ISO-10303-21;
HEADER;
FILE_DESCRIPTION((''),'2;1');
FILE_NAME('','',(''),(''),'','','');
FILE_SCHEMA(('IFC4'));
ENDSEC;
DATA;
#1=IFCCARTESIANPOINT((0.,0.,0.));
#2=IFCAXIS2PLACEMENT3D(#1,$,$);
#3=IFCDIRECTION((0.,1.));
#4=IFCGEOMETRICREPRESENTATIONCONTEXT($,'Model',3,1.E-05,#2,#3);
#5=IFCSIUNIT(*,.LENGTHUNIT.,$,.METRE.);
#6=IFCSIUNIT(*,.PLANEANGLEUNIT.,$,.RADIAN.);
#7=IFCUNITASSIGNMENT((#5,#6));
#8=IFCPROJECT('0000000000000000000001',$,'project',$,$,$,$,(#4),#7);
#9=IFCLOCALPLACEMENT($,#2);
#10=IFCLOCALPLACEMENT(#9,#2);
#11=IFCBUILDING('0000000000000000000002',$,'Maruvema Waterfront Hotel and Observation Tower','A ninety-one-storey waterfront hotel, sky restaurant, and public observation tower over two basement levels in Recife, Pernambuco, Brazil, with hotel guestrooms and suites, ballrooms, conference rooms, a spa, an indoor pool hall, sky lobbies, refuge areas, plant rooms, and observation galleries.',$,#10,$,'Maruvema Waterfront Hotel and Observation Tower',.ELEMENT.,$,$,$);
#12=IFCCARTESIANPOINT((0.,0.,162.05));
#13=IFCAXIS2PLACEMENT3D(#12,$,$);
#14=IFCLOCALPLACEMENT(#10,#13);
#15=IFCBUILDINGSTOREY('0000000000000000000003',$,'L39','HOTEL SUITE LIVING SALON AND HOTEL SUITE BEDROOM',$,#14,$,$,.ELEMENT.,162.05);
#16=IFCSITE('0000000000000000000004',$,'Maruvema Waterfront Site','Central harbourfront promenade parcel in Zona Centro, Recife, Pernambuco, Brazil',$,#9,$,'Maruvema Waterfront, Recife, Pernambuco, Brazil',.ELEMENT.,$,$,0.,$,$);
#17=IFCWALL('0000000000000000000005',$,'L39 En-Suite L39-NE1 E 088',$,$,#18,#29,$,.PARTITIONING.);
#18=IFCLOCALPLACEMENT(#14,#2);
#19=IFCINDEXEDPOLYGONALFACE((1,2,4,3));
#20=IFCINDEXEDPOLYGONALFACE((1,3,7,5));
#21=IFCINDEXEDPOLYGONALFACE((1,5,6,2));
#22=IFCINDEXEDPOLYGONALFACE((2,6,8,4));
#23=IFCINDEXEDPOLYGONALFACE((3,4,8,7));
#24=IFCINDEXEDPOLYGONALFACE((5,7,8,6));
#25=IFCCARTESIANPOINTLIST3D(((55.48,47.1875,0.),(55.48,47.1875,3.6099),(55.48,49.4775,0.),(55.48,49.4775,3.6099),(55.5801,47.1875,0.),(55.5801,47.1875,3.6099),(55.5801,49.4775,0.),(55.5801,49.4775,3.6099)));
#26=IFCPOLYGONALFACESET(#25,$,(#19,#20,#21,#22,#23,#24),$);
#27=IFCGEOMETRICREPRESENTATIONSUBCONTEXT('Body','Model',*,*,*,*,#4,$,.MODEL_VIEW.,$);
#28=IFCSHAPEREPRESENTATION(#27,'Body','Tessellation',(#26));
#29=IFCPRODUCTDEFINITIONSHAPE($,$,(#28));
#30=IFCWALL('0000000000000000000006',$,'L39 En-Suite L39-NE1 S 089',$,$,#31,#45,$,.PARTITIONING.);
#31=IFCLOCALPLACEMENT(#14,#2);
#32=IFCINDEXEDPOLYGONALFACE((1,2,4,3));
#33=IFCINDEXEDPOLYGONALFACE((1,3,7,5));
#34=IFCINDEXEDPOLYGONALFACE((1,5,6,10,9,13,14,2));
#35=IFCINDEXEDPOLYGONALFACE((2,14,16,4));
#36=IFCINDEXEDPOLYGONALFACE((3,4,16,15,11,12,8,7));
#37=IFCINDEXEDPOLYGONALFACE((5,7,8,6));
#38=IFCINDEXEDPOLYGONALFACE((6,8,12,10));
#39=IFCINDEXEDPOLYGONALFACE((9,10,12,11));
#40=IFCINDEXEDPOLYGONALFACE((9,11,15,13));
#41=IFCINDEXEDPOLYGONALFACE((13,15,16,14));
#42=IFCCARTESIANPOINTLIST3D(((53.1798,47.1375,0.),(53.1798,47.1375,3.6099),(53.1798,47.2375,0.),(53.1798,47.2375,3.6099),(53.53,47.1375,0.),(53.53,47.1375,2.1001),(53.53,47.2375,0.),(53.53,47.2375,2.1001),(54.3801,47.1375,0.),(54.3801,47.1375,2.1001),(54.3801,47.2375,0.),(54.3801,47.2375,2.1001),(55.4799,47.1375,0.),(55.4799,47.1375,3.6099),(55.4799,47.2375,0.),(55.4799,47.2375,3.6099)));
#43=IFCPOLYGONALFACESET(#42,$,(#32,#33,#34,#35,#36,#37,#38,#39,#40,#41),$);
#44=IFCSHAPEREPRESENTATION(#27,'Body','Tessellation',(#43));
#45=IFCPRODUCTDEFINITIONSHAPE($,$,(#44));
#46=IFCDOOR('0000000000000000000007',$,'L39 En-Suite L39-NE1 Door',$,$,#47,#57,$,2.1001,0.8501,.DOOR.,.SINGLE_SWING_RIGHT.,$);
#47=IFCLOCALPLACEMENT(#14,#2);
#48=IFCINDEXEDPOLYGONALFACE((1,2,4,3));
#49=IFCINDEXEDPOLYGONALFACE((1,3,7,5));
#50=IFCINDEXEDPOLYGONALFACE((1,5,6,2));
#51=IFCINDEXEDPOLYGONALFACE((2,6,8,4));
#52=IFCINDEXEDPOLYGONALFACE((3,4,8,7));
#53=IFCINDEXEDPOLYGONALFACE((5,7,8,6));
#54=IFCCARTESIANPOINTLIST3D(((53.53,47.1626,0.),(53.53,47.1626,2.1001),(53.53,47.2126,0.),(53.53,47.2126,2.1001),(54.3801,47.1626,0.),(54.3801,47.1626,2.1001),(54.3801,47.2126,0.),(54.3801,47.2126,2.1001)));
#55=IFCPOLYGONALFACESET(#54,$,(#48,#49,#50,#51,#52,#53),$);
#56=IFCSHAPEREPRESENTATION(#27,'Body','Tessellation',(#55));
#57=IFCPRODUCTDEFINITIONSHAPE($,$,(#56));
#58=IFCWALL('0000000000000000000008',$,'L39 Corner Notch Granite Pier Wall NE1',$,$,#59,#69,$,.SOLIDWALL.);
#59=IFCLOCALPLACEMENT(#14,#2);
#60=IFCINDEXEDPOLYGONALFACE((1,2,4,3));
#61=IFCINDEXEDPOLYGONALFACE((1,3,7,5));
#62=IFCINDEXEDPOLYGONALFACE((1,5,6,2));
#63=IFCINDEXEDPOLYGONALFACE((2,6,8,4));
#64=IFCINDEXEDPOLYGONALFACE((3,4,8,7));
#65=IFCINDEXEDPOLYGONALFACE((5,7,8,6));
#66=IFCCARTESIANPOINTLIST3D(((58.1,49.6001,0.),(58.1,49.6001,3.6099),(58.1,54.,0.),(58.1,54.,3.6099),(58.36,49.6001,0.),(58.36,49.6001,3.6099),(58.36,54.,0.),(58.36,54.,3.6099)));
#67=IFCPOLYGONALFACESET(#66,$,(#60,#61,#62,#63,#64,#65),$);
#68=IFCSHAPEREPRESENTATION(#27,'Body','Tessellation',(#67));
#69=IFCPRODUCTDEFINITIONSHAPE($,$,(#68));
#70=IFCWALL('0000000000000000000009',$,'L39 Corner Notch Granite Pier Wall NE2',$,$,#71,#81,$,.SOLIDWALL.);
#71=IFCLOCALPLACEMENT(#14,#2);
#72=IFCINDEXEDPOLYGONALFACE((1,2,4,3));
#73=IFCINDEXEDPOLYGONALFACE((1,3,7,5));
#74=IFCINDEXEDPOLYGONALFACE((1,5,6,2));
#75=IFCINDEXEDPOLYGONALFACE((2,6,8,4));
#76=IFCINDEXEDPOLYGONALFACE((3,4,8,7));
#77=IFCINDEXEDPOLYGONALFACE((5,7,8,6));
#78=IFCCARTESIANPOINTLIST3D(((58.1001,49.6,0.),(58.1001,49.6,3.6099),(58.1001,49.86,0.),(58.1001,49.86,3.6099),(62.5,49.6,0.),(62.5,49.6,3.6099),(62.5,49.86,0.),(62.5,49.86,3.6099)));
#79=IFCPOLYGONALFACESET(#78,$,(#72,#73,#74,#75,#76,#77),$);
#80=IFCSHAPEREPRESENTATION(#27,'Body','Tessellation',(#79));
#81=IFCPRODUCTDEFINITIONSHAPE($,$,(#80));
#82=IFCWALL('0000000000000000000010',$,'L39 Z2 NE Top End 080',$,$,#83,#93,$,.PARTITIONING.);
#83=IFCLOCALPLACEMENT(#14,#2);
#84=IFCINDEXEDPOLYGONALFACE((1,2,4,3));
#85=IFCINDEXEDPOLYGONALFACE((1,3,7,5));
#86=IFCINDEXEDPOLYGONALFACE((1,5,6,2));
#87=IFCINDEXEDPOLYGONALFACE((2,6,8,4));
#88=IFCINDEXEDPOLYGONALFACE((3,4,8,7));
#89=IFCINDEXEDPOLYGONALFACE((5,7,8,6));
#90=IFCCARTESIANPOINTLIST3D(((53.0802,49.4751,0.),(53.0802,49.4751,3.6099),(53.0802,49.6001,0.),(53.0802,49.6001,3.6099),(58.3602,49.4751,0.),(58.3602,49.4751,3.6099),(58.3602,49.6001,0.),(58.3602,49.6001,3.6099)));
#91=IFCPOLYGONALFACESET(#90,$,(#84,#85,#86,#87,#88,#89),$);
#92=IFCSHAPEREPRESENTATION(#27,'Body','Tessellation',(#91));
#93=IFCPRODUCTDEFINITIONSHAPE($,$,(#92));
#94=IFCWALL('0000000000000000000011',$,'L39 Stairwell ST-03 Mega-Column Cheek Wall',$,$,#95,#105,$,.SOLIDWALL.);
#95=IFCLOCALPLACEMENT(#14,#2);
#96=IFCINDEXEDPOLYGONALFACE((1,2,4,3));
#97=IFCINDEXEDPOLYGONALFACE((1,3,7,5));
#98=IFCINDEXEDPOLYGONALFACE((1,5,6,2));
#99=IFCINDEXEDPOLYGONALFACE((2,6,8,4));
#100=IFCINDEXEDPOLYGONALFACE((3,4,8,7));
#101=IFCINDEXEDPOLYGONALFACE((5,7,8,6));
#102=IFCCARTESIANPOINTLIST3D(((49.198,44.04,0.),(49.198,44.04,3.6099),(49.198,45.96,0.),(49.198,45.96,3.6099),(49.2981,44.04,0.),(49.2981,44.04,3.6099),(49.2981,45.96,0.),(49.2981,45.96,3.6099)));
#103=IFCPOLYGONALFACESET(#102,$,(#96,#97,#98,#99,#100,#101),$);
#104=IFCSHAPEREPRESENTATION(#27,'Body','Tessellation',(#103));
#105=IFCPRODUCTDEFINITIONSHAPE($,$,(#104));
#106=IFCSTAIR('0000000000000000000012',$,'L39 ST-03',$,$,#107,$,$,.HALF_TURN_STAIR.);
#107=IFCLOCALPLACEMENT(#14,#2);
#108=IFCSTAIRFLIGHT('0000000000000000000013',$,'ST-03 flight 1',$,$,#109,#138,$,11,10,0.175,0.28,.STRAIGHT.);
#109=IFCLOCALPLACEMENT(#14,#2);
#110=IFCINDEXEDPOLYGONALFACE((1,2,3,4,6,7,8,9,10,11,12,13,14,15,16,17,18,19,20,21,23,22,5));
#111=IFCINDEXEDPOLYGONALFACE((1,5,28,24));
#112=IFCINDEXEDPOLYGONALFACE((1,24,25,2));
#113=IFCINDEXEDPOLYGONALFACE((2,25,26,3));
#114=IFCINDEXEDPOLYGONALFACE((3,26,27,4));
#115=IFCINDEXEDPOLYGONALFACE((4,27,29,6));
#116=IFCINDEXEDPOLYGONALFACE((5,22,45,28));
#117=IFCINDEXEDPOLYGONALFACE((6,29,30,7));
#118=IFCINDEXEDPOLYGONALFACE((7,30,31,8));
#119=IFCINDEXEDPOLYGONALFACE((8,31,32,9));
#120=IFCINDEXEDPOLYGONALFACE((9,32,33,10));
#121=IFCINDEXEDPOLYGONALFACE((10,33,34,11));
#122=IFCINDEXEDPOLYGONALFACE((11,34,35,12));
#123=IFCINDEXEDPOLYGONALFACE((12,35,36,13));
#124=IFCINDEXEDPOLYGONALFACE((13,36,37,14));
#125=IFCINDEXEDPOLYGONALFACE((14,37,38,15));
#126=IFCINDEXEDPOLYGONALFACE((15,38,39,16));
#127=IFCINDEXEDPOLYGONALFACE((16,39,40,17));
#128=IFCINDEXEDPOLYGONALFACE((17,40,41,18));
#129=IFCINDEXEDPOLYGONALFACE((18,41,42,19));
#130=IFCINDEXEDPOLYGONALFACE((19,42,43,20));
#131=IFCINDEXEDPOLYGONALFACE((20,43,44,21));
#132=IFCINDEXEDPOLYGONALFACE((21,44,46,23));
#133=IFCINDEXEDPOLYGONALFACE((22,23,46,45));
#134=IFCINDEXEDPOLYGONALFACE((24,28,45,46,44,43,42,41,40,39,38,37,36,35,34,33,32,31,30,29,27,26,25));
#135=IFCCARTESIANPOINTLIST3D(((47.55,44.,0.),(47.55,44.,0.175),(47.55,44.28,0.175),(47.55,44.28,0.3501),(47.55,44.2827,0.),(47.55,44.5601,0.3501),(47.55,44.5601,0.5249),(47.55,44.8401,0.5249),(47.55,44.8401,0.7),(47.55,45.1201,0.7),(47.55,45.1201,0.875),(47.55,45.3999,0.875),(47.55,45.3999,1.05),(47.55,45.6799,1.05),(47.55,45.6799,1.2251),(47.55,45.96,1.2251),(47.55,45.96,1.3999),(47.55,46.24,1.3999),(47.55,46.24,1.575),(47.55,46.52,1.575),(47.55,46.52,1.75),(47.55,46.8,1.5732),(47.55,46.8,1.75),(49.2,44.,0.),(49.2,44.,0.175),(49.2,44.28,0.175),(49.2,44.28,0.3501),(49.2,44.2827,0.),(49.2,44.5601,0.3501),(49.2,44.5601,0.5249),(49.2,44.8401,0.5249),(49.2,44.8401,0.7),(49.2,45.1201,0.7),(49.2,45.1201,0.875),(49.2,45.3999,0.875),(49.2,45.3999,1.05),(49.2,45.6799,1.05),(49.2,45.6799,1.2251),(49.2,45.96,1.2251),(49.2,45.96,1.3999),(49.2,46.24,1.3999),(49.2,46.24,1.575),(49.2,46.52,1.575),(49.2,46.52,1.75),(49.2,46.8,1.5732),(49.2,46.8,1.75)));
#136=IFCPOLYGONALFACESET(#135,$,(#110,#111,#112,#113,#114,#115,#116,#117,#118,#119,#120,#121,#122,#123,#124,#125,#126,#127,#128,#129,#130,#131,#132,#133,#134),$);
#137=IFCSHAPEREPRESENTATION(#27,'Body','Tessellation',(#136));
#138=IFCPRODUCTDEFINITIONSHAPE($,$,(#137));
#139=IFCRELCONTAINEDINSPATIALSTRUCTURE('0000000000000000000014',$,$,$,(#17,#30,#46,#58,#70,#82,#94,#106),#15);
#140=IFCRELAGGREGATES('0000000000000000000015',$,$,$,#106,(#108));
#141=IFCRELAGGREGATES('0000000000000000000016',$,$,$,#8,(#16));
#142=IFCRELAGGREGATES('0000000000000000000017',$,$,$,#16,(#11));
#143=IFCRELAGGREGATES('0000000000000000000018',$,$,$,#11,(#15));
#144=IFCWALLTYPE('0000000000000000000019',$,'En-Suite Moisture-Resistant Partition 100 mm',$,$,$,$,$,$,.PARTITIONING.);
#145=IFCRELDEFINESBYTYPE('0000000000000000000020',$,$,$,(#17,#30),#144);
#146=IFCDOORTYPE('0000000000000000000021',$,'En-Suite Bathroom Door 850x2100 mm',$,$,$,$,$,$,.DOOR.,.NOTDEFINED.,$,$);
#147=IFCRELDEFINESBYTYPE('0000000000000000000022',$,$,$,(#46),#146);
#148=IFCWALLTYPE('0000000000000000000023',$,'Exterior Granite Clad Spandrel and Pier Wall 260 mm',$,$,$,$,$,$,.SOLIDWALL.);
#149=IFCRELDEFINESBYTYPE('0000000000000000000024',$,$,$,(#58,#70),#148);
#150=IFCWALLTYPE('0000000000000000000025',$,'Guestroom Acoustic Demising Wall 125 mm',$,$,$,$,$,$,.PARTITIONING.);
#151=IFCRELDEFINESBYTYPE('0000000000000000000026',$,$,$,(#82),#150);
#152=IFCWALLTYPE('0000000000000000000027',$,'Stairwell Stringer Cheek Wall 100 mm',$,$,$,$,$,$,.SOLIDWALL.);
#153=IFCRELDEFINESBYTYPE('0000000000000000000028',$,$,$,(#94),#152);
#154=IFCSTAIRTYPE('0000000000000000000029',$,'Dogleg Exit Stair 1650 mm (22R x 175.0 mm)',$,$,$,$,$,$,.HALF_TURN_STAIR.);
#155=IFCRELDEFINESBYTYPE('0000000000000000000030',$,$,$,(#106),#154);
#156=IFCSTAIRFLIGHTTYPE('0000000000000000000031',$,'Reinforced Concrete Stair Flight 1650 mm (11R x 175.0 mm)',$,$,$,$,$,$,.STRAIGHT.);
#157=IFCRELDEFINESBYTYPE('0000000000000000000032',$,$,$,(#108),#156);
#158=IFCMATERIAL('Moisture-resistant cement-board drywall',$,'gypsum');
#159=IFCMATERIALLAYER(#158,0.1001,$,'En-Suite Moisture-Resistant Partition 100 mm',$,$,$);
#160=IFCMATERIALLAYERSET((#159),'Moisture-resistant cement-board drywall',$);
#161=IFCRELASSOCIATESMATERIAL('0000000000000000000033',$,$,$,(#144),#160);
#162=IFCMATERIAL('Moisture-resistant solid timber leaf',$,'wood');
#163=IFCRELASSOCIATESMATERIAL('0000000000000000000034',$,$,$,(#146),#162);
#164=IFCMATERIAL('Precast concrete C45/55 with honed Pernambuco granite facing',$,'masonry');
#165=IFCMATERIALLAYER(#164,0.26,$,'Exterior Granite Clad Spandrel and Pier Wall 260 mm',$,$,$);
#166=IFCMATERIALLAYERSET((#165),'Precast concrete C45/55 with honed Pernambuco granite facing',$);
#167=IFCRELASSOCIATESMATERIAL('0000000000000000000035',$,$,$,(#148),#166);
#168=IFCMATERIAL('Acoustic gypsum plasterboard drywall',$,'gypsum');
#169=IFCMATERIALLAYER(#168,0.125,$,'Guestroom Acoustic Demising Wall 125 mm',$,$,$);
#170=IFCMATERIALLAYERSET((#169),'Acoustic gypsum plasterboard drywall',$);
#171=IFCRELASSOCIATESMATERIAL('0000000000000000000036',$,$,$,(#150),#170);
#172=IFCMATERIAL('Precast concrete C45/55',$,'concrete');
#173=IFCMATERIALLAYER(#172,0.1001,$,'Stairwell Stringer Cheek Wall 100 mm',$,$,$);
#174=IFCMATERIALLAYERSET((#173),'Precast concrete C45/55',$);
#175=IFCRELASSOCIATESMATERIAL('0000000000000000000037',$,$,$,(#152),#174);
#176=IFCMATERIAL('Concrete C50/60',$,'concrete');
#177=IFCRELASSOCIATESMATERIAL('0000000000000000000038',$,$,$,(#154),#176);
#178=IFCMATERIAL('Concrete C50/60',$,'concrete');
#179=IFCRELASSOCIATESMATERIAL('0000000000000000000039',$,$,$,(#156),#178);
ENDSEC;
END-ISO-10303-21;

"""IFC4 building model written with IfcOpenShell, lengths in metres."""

from ifc_helpers import new_model, si_unit, direction, frame, frame_2d, origin, place, context, subcontext, project, spatial, polyline, rectangle, outline, extrude, material, layer, layer_set, type_object, element, fill, aggregate, save


model = new_model("IFC4")

# Units and contexts
model_context = context("Model", 3, precision=1e-05, world=origin(), true_north=direction((0.0, 1.0)))
body_context = subcontext(model_context, "Body", "Model", "MODEL_VIEW")
ifc_project = project(units=[si_unit("LENGTHUNIT", "METRE"), si_unit("PLANEANGLEUNIT", "RADIAN")], contexts=[model_context])

# Site, building, storey
site_placement = place(None, origin())
site = spatial("IfcSite", under=ifc_project, at=site_placement, Name="Maruvema Waterfront Site", Description="Central harbourfront promenade parcel in Zona Centro, Recife, Pernambuco, Brazil", LongName="Maruvema Waterfront, Recife, Pernambuco, Brazil", CompositionType="ELEMENT", RefElevation=0.0)
building_placement = place(site_placement, origin())
building = spatial("IfcBuilding", under=site, at=building_placement, Name="Maruvema Waterfront Hotel and Observation Tower", Description="A ninety-one-storey waterfront hotel, sky restaurant, and public observation tower over two basement levels in Recife, Pernambuco, Brazil, with hotel guestrooms and suites, ballrooms, conference rooms, a spa, an indoor pool hall, sky lobbies, refuge areas, plant rooms, and observation galleries.", LongName="Maruvema Waterfront Hotel and Observation Tower", CompositionType="ELEMENT")
storey_placement = place(building_placement, frame((0.0, 0.0, 162.05)))
storey = spatial("IfcBuildingStorey", under=building, at=storey_placement, Name="L39", Description="HOTEL SUITE LIVING SALON AND HOTEL SUITE BEDROOM", CompositionType="ELEMENT", Elevation=162.05)

# Wall
ifc_material_1 = material(Name="Moisture-resistant cement-board drywall", Category="gypsum")
ifc_layer_1 = layer(ifc_material_1, 0.1001, Name="En-Suite Moisture-Resistant Partition 100 mm")
ifc_layer_set_1 = layer_set([ifc_layer_1], Name="Moisture-resistant cement-board drywall")
wall_type_1 = type_object("IfcWallType", Name="En-Suite Moisture-Resistant Partition 100 mm", PredefinedType="PARTITIONING", material=ifc_layer_set_1)
wall_1_placement = place(storey_placement, frame((55.53, 47.1875, 0.0), z_axis=(0.0, 0.0, 1.0), x_axis=(0.0, 1.0, 0.0)))
element("IfcWall", 1, at=wall_1_placement, inside=storey, type_object=wall_type_1, Name="L39 En-Suite L39-NE1 E 088", PredefinedType="PARTITIONING", context=body_context, shape_type="SweptSolid", body=[
    extrude(rectangle(XDim=2.29, YDim=0.1001, at=frame_2d((1.145, 0.0))), origin(), (0.0, 0.0, 1.0), 3.6099),
])

# Wall, opening, door
wall_2_placement = place(storey_placement, frame((53.1799, 47.1875, 0.0), z_axis=(0.0, 0.0, 1.0), x_axis=(1.0, 0.0, 0.0)))
wall_2 = element("IfcWall", 2, at=wall_2_placement, inside=storey, type_object=wall_type_1, Name="L39 En-Suite L39-NE1 S 089", PredefinedType="PARTITIONING", context=body_context, shape_type="SweptSolid", body=[
    extrude(rectangle(XDim=2.3, YDim=0.1001, at=frame_2d((1.1499, 0.0))), origin(), (0.0, 0.0, 1.0), 3.6099),
])
opening_placement = place(wall_2_placement, frame((0.3501, 0.0, 0.0)))
opening = element("IfcOpeningElement", 3, at=opening_placement, cuts=wall_2, PredefinedType="OPENING", context=body_context, shape_type="SweptSolid", body=[
    extrude(rectangle(XDim=0.8501, YDim=2.1001, at=frame_2d((0.425, 1.05))), frame((0.0, 0.0601, 0.0), z_axis=(0.0, -1.0, 0.0), x_axis=(1.0, 0.0, 0.0)), (0.0, 0.0, 1.0), 0.1201),
])
ifc_material_2 = material(Name="Moisture-resistant solid timber leaf", Category="wood")
door_type = type_object("IfcDoorType", Name="En-Suite Bathroom Door 850x2100 mm", OperationType="NOTDEFINED", PredefinedType="DOOR", material=ifc_material_2)
door_placement = place(opening_placement, frame((0.8501, 0.0, 0.0), z_axis=(0.0, 0.0, 1.0), x_axis=(-1.0, 0.0, 0.0)))
door = element("IfcDoor", 4, at=door_placement, inside=storey, type_object=door_type, Name="L39 En-Suite L39-NE1 Door", OperationType="SINGLE_SWING_RIGHT", OverallHeight=2.1001, OverallWidth=0.8501, PredefinedType="DOOR", context=body_context, shape_type="SweptSolid", body=[
    extrude(rectangle(XDim=0.8501, YDim=2.1001, at=frame_2d((0.425, 1.05))), frame((0.0, 0.0249, 0.0), z_axis=(0.0, -1.0, 0.0), x_axis=(1.0, 0.0, 0.0)), (0.0, 0.0, 1.0), 0.05),
])
fill(opening, door)

# Walls
ifc_material_3 = material(Name="Precast concrete C45/55 with honed Pernambuco granite facing", Category="masonry")
ifc_layer_2 = layer(ifc_material_3, 0.26, Name="Exterior Granite Clad Spandrel and Pier Wall 260 mm")
ifc_layer_set_2 = layer_set([ifc_layer_2], Name="Precast concrete C45/55 with honed Pernambuco granite facing")
wall_type_2 = type_object("IfcWallType", Name="Exterior Granite Clad Spandrel and Pier Wall 260 mm", PredefinedType="SOLIDWALL", material=ifc_layer_set_2)
for number, where, z_axis, x_axis, name in (
    (5, (58.23, 54.0, 0.0), (0.0, 0.0, 1.0), (0.0, -1.0, 0.0), "L39 Corner Notch Granite Pier Wall NE1"),
    (6, (58.1001, 49.73, 0.0), (0.0, 0.0, 1.0), (1.0, 0.0, 0.0), "L39 Corner Notch Granite Pier Wall NE2"),
):
    element("IfcWall", number, at=place(storey_placement, frame(where, z_axis=z_axis, x_axis=x_axis)), inside=storey, type_object=wall_type_2, Name=name, PredefinedType="SOLIDWALL", context=body_context, shape_type="SweptSolid", body=[
        extrude(rectangle(XDim=4.3999, YDim=0.26, at=frame_2d((2.2, 0.0))), origin(), (0.0, 0.0, 1.0), 3.6099),
    ])
ifc_material_4 = material(Name="Acoustic gypsum plasterboard drywall", Category="gypsum")
ifc_layer_3 = layer(ifc_material_4, 0.125, Name="Guestroom Acoustic Demising Wall 125 mm")
ifc_layer_set_3 = layer_set([ifc_layer_3], Name="Acoustic gypsum plasterboard drywall")
wall_type_3 = type_object("IfcWallType", Name="Guestroom Acoustic Demising Wall 125 mm", PredefinedType="PARTITIONING", material=ifc_layer_set_3)
wall_3_placement = place(storey_placement, frame((53.0801, 49.5376, 0.0), z_axis=(0.0, 0.0, 1.0), x_axis=(1.0, 0.0, 0.0)))
element("IfcWall", 7, at=wall_3_placement, inside=storey, type_object=wall_type_3, Name="L39 Z2 NE Top End 080", PredefinedType="PARTITIONING", context=body_context, shape_type="SweptSolid", body=[
    extrude(rectangle(XDim=5.28, YDim=0.125, at=frame_2d((2.6401, 0.0))), origin(), (0.0, 0.0, 1.0), 3.6099),
])
ifc_material_5 = material(Name="Precast concrete C45/55", Category="concrete")
ifc_layer_4 = layer(ifc_material_5, 0.1001, Name="Stairwell Stringer Cheek Wall 100 mm")
ifc_layer_set_4 = layer_set([ifc_layer_4], Name="Precast concrete C45/55")
wall_type_4 = type_object("IfcWallType", Name="Stairwell Stringer Cheek Wall 100 mm", PredefinedType="SOLIDWALL", material=ifc_layer_set_4)
wall_4_placement = place(storey_placement, frame((49.248, 44.04, 0.0), z_axis=(0.0, 0.0, 1.0), x_axis=(0.0, 1.0, 0.0)))
element("IfcWall", 8, at=wall_4_placement, inside=storey, type_object=wall_type_4, Name="L39 Stairwell ST-03 Mega-Column Cheek Wall", PredefinedType="SOLIDWALL", context=body_context, shape_type="SweptSolid", body=[
    extrude(rectangle(XDim=1.9199, YDim=0.1001, at=frame_2d((0.96, 0.0))), origin(), (0.0, 0.0, 1.0), 3.6099),
])

# Stair, stair flight
ifc_material_6 = material(Name="Concrete C50/60", Category="concrete")
stair_type = type_object("IfcStairType", Name="Dogleg Exit Stair 1650 mm (22R x 175.0 mm)", PredefinedType="HALF_TURN_STAIR", material=ifc_material_6)
stair_placement = place(storey_placement, origin())
stair = element("IfcStair", 9, at=stair_placement, inside=storey, type_object=stair_type, Name="L39 ST-03", PredefinedType="HALF_TURN_STAIR")
ifc_material_7 = material(Name="Concrete C50/60", Category="concrete")
stair_flight_type = type_object("IfcStairFlightType", Name="Reinforced Concrete Stair Flight 1650 mm (11R x 175.0 mm)", PredefinedType="STRAIGHT", material=ifc_material_7)
stair_flight_placement = place(storey_placement, frame((48.375, 44.0, 0.0), z_axis=(0.0, 0.0, 1.0), x_axis=(0.0, 1.0, 0.0)))
stair_flight = element("IfcStairFlight", 10, at=stair_flight_placement, type_object=stair_flight_type, Name="ST-03 flight 1", NumberOfRisers=11, NumberOfTreads=10, PredefinedType="STRAIGHT", RiserHeight=0.175, TreadLength=0.28, context=body_context, shape_type="SweptSolid", body=[
    extrude(outline(polyline([(0.0, 0.0), (0.0, 0.175), (0.28, 0.175), (0.28, 0.3501), (0.5601, 0.3501), (0.5601, 0.5249), (0.8401, 0.5249), (0.8401, 0.7), (1.1201, 0.7), (1.1201, 0.875), (1.3999, 0.875), (1.3999, 1.05), (1.6799, 1.05), (1.6799, 1.2251), (1.96, 1.2251), (1.96, 1.3999), (2.24, 1.3999), (2.24, 1.575), (2.52, 1.575), (2.52, 1.75), (2.8, 1.75), (2.8, 1.925), (2.8, 1.5732), (0.2827, 0.0), (0.0, 0.0)])), frame((0.0, 0.825, 0.0), z_axis=(0.0, -1.0, 0.0), x_axis=(1.0, 0.0, 0.0)), (0.0, 0.0, 1.0), 1.6499),
])
aggregate(stair, [stair_flight])

save(model, "model.ifc")
